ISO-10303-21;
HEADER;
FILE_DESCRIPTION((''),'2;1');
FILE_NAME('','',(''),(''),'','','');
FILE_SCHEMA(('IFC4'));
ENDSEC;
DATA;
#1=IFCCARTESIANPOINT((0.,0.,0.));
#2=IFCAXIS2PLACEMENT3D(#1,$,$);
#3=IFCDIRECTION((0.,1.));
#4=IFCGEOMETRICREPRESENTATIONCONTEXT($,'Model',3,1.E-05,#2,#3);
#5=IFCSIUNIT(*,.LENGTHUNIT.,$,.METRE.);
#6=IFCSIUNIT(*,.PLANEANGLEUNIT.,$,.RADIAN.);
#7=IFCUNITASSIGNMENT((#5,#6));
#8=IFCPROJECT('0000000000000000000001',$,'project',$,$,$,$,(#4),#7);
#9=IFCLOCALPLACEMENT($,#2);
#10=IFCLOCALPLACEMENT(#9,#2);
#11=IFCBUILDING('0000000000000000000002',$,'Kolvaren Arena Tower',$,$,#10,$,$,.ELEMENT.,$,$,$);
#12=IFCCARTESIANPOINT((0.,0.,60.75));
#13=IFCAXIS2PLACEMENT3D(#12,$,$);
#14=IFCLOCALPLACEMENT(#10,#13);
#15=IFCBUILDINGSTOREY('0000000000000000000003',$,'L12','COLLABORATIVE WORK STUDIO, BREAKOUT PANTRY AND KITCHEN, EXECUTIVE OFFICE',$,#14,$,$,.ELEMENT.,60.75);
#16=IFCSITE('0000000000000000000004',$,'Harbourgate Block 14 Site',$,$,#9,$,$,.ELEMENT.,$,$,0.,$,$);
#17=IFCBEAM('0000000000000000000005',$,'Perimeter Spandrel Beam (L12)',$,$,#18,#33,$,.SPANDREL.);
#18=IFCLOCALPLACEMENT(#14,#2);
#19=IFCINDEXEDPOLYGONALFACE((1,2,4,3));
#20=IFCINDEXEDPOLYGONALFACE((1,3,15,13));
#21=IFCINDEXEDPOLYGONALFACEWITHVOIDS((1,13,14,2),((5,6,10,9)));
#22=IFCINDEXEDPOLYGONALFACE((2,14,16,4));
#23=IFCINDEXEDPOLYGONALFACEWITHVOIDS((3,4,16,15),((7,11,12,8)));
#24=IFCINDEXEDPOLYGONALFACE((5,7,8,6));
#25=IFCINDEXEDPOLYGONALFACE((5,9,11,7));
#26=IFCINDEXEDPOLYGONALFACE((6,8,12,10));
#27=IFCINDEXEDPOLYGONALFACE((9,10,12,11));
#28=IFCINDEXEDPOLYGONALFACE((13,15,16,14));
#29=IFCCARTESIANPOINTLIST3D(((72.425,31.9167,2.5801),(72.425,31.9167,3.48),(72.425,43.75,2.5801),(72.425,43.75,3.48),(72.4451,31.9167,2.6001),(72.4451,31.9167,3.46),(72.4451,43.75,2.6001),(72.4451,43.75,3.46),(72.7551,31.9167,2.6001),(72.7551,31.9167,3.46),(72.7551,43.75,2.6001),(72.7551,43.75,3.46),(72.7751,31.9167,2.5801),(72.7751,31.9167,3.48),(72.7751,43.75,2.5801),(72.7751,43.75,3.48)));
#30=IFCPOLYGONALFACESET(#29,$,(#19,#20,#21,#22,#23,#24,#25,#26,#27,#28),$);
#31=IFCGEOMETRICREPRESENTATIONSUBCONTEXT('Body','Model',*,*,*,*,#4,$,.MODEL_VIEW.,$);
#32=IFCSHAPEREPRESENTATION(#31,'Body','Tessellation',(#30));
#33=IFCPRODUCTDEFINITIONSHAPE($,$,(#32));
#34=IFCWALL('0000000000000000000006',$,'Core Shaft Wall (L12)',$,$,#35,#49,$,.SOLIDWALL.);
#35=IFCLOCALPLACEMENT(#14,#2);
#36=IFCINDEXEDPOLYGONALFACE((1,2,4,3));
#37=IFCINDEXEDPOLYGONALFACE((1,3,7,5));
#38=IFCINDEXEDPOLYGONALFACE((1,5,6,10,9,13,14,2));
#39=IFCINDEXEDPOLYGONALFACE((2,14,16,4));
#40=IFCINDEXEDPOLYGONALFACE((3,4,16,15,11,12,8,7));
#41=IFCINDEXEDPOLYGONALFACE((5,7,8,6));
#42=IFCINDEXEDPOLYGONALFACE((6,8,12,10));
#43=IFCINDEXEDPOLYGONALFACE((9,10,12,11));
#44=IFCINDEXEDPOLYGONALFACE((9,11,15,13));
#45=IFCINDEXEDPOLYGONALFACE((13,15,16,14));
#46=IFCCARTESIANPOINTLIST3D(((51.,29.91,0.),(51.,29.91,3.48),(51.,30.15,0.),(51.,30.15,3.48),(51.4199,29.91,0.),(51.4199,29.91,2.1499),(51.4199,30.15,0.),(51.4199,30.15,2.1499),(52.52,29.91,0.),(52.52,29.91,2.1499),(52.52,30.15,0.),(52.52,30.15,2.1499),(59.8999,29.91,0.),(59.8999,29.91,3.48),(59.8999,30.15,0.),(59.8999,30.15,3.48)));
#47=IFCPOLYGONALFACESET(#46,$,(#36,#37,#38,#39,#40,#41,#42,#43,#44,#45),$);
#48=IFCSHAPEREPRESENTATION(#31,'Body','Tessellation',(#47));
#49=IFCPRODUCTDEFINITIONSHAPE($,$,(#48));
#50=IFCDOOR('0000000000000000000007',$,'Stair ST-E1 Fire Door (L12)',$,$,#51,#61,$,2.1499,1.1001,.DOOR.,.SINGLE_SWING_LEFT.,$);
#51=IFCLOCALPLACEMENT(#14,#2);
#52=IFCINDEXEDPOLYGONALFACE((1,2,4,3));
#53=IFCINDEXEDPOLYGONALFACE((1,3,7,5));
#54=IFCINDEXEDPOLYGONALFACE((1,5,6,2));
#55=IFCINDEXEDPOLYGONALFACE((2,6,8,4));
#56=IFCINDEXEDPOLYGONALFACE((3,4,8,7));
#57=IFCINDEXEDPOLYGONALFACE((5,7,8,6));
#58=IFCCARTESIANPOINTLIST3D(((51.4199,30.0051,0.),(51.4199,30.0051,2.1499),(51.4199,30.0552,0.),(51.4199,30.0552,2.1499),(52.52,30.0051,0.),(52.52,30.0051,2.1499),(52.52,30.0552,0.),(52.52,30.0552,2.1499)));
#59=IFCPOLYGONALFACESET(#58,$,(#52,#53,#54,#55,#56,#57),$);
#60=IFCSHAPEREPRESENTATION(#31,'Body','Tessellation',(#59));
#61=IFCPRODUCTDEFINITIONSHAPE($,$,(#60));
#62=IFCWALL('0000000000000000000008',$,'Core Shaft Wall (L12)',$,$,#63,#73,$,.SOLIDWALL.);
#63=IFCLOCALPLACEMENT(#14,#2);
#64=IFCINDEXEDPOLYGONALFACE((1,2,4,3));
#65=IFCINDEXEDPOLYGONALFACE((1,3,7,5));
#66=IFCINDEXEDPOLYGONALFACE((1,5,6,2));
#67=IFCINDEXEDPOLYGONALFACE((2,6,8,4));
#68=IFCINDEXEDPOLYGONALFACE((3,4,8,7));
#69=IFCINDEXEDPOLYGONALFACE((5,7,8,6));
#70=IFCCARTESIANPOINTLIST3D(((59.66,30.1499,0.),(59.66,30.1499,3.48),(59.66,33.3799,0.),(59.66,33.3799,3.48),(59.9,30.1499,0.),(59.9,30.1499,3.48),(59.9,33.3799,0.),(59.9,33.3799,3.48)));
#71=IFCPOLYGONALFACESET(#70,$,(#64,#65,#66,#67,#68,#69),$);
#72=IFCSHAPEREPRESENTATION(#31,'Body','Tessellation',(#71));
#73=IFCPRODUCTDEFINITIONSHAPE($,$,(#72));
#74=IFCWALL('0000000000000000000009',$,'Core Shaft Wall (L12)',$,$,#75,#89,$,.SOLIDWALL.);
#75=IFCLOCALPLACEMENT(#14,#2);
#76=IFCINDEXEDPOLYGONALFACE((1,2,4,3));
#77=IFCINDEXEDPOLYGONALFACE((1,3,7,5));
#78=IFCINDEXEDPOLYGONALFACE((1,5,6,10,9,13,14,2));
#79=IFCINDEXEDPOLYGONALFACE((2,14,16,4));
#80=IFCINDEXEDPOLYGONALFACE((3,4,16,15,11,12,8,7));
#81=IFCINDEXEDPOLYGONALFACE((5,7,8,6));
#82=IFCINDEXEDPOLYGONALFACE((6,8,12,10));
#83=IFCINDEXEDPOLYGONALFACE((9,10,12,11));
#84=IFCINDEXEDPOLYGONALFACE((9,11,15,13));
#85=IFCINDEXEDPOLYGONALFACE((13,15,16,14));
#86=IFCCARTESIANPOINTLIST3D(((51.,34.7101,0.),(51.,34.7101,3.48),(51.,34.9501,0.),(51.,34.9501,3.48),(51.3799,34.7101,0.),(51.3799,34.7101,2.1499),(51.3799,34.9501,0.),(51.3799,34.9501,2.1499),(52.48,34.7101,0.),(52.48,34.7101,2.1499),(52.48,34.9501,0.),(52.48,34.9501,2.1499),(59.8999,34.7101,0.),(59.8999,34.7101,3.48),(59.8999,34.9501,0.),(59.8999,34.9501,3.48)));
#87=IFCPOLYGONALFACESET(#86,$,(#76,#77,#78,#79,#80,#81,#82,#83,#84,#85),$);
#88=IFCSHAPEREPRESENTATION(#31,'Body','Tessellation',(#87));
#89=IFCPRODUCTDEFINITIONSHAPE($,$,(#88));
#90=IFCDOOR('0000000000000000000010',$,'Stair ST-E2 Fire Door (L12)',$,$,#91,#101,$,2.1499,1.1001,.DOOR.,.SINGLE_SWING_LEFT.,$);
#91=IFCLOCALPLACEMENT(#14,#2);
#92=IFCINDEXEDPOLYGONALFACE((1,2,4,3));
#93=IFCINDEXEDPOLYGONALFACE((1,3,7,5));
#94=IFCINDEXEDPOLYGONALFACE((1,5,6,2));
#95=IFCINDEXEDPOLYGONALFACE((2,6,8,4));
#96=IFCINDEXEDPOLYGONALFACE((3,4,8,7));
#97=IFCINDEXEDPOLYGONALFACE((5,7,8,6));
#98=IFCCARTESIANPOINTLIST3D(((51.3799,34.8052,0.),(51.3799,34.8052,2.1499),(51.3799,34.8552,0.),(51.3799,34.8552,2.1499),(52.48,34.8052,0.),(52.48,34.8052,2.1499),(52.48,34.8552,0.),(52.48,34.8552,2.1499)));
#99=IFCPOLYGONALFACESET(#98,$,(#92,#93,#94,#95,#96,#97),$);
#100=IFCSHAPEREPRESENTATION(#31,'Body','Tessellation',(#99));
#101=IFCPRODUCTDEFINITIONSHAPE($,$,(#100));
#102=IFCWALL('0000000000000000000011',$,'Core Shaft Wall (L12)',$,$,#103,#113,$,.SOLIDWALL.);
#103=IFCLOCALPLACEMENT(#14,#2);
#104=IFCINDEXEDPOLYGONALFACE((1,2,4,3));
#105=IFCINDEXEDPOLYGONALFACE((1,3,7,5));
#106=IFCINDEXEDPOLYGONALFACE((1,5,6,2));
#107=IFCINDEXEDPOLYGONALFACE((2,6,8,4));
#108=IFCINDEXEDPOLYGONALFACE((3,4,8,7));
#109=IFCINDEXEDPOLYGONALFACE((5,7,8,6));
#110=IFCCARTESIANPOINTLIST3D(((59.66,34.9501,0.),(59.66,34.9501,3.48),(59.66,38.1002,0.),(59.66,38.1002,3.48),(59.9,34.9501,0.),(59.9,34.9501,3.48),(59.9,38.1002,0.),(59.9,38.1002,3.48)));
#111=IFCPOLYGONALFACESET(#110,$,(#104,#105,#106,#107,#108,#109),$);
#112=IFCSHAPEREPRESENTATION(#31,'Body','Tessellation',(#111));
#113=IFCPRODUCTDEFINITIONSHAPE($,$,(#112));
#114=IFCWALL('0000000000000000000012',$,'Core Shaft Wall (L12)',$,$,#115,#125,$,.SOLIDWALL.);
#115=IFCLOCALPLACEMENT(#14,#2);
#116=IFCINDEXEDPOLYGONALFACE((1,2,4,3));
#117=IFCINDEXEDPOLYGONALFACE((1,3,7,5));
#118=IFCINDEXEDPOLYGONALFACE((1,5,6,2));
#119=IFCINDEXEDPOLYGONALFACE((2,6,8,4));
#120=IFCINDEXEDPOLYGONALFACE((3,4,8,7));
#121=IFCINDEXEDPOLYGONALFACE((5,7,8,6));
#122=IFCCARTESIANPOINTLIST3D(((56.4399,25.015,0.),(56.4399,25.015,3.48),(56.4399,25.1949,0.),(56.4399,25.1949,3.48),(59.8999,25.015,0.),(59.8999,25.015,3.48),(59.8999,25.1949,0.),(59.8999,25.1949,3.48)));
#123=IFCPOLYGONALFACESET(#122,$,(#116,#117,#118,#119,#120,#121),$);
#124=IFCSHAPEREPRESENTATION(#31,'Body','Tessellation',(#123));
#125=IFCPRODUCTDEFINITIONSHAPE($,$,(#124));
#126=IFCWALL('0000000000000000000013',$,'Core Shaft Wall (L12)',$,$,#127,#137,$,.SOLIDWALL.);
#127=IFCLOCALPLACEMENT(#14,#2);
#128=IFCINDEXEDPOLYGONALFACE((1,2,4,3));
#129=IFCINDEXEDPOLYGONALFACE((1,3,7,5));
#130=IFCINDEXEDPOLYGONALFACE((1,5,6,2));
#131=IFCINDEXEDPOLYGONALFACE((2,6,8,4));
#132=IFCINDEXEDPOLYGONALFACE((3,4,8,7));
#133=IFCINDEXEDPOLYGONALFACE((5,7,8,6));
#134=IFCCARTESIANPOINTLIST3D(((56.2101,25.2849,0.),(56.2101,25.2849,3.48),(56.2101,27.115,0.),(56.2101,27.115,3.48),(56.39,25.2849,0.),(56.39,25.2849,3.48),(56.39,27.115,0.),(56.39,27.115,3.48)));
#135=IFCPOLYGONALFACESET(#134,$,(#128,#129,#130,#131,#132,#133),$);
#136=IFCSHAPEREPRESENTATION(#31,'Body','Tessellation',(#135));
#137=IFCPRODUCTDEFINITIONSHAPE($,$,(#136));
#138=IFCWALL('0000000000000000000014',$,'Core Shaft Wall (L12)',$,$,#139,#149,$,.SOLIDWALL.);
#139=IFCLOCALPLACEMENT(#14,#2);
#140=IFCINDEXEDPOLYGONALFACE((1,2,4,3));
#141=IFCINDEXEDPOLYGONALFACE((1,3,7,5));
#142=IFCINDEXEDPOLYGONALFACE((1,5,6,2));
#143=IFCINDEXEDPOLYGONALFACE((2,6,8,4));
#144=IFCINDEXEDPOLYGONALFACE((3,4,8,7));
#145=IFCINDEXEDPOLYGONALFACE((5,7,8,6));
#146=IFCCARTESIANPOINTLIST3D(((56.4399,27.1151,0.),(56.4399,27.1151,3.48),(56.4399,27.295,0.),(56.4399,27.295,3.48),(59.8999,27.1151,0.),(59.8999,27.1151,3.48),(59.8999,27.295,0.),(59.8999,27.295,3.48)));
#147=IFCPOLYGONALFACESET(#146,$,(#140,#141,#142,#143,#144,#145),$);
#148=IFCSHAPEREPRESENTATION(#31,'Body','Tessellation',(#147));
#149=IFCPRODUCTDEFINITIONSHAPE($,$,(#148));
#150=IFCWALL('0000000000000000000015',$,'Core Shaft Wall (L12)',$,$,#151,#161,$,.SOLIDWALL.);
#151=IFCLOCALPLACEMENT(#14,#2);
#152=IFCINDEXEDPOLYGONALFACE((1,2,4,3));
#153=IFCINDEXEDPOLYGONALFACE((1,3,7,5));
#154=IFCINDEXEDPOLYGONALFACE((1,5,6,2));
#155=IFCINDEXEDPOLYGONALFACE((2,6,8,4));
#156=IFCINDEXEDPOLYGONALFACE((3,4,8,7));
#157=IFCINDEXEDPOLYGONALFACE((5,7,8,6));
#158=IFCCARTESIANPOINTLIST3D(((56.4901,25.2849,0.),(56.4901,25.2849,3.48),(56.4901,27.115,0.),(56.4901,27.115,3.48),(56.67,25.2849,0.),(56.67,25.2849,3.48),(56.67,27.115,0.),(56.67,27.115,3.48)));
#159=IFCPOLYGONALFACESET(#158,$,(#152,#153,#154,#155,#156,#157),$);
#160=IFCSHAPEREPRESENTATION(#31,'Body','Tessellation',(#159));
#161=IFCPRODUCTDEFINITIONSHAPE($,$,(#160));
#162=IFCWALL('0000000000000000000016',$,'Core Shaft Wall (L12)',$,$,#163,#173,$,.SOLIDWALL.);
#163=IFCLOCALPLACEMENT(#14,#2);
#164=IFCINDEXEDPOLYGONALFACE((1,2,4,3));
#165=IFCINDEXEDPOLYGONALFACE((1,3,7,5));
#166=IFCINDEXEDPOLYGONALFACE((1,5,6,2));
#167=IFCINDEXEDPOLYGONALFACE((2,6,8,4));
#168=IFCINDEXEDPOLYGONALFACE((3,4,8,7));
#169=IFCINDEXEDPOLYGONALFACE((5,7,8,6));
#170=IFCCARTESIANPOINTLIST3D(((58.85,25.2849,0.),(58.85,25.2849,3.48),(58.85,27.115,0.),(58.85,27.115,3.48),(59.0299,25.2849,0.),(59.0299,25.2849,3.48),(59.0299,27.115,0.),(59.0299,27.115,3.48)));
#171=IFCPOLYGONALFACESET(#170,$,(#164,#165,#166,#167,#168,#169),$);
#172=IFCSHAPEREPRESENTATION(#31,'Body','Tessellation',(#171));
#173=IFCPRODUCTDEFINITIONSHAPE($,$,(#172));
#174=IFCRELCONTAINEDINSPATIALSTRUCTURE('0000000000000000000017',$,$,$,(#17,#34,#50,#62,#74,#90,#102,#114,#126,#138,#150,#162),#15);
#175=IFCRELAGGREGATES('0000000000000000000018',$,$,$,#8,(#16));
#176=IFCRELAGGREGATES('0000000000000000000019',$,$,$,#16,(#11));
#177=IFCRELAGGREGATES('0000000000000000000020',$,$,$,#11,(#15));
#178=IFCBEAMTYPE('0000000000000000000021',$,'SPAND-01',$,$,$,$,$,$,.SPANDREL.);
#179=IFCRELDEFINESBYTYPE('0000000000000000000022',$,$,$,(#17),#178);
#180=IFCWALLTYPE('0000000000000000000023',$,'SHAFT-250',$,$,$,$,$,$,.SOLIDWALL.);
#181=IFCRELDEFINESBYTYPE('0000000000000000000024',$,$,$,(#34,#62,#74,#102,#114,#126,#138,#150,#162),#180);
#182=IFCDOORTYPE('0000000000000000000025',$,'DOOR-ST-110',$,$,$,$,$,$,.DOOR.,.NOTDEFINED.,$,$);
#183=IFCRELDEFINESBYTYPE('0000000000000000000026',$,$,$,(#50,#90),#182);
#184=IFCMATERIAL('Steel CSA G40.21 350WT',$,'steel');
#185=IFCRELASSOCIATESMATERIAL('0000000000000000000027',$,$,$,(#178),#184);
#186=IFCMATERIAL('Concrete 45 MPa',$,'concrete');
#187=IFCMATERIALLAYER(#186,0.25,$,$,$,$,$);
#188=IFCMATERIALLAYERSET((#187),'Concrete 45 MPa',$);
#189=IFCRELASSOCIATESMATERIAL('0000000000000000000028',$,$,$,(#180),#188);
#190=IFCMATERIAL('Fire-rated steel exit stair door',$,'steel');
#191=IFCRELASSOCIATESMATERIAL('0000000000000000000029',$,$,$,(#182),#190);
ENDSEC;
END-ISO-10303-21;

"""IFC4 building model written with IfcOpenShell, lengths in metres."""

from ifc_helpers import new_model, si_unit, direction, frame, frame_2d, origin, origin_2d, place, context, subcontext, project, spatial, rectangle, hollow_rectangle, extrude, material, layer, layer_set, material_profile, profile_set, type_object, element, fill, save


model = new_model("IFC4")

# Units and contexts
model_context = context("Model", 3, precision=1e-05, world=origin(), true_north=direction((0.0, 1.0)))
body_context = subcontext(model_context, "Body", "Model", "MODEL_VIEW")
ifc_project = project(units=[si_unit("LENGTHUNIT", "METRE"), si_unit("PLANEANGLEUNIT", "RADIAN")], contexts=[model_context])

# Site, building, storey
site_placement = place(None, origin())
site = spatial("IfcSite", under=ifc_project, at=site_placement, Name="Harbourgate Block 14 Site", CompositionType="ELEMENT", RefElevation=0.0)
building_placement = place(site_placement, origin())
building = spatial("IfcBuilding", under=site, at=building_placement, Name="Kolvaren Arena Tower", CompositionType="ELEMENT")
storey_placement = place(building_placement, frame((0.0, 0.0, 60.75)))
storey = spatial("IfcBuildingStorey", under=building, at=storey_placement, Name="L12", Description="COLLABORATIVE WORK STUDIO, BREAKOUT PANTRY AND KITCHEN, EXECUTIVE OFFICE", CompositionType="ELEMENT", Elevation=60.75)

# Beam
ifc_material_1 = material(Name="Steel CSA G40.21 350WT", Category="steel")
ifc_material_profile_1 = material_profile(ifc_material_1, hollow_rectangle(XDim=0.3501, YDim=0.8999, WallThickness=0.02, at=origin_2d()), Name="HSS 900x350x20")
ifc_profile_set_1 = profile_set([ifc_material_profile_1], Name="Steel CSA G40.21 350WT")
beam_type_1 = type_object("IfcBeamType", Name="SPAND-01", PredefinedType="SPANDREL", material=ifc_profile_set_1)
beam_1_placement = place(storey_placement, frame((72.6001, 31.9167, 3.03), z_axis=(0.0, 1.0, 0.0), x_axis=(-1.0, 0.0, 0.0)))
element("IfcBeam", 1, at=beam_1_placement, inside=storey, type_object=beam_type_1, Name="Perimeter Spandrel Beam (L12)", PredefinedType="SPANDREL", context=body_context, shape_type="SweptSolid", body=[
    extrude(hollow_rectangle(XDim=0.3501, YDim=0.8999, WallThickness=0.02, at=origin_2d()), origin(), (0.0, 0.0, 1.0), 11.8333),
])

# Wall, opening, door
ifc_material_2 = material(Name="Concrete 45 MPa", Category="concrete")
ifc_layer = layer(ifc_material_2, 0.25)
ifc_layer_set = layer_set([ifc_layer], Name="Concrete 45 MPa")
wall_type = type_object("IfcWallType", Name="SHAFT-250", PredefinedType="SOLIDWALL", material=ifc_layer_set)
wall_1_placement = place(storey_placement, frame((59.8999, 30.03, 0.0), z_axis=(0.0, 0.0, 1.0), x_axis=(-1.0, 0.0, 0.0)))
wall_1 = element("IfcWall", 2, at=wall_1_placement, inside=storey, type_object=wall_type, Name="Core Shaft Wall (L12)", PredefinedType="SOLIDWALL", context=body_context, shape_type="SweptSolid", body=[
    extrude(rectangle(XDim=8.8999, YDim=0.24, at=frame_2d((4.45, 0.0))), origin(), (0.0, 0.0, 1.0), 3.48),
])
opening_1_placement = place(wall_1_placement, frame((7.3799, 0.0, 0.0)))
opening_1 = element("IfcOpeningElement", 3, at=opening_1_placement, cuts=wall_1, PredefinedType="OPENING", context=body_context, shape_type="SweptSolid", body=[
    extrude(rectangle(XDim=1.1001, YDim=2.1499, at=frame_2d((0.55, 1.075))), frame((0.0, 0.1299, 0.0), z_axis=(0.0, -1.0, 0.0), x_axis=(1.0, 0.0, 0.0)), (0.0, 0.0, 1.0), 0.26),
])
ifc_material_3 = material(Name="Fire-rated steel exit stair door", Category="steel")
door_type = type_object("IfcDoorType", Name="DOOR-ST-110", OperationType="NOTDEFINED", PredefinedType="DOOR", material=ifc_material_3)
door_1_placement = place(opening_1_placement, origin())
door_1 = element("IfcDoor", 4, at=door_1_placement, inside=storey, type_object=door_type, Name="Stair ST-E1 Fire Door (L12)", OperationType="SINGLE_SWING_LEFT", OverallHeight=2.1499, OverallWidth=1.1001, PredefinedType="DOOR", context=body_context, shape_type="SweptSolid", body=[
    extrude(rectangle(XDim=1.1001, YDim=2.1499, at=frame_2d((0.55, 1.075))), frame((0.0, 0.0249, 0.0), z_axis=(0.0, -1.0, 0.0), x_axis=(1.0, 0.0, 0.0)), (0.0, 0.0, 1.0), 0.05),
])
fill(opening_1, door_1)

# Wall
wall_2_placement = place(storey_placement, frame((59.78, 30.1499, 0.0), z_axis=(0.0, 0.0, 1.0), x_axis=(0.0, 1.0, 0.0)))
element("IfcWall", 5, at=wall_2_placement, inside=storey, type_object=wall_type, Name="Core Shaft Wall (L12)", PredefinedType="SOLIDWALL", context=body_context, shape_type="SweptSolid", body=[
    extrude(rectangle(XDim=3.23, YDim=0.24, at=frame_2d((1.615, 0.0))), origin(), (0.0, 0.0, 1.0), 3.48),
])

# Wall, opening, door
wall_3_placement = place(storey_placement, frame((59.8999, 34.8301, 0.0), z_axis=(0.0, 0.0, 1.0), x_axis=(-1.0, 0.0, 0.0)))
wall_3 = element("IfcWall", 6, at=wall_3_placement, inside=storey, type_object=wall_type, Name="Core Shaft Wall (L12)", PredefinedType="SOLIDWALL", context=body_context, shape_type="SweptSolid", body=[
    extrude(rectangle(XDim=8.8999, YDim=0.24, at=frame_2d((4.45, 0.0))), origin(), (0.0, 0.0, 1.0), 3.48),
])
opening_2_placement = place(wall_3_placement, frame((7.4199, 0.0, 0.0)))
opening_2 = element("IfcOpeningElement", 7, at=opening_2_placement, cuts=wall_3, PredefinedType="OPENING", context=body_context, shape_type="SweptSolid", body=[
    extrude(rectangle(XDim=1.1001, YDim=2.1499, at=frame_2d((0.55, 1.075))), frame((0.0, 0.1299, 0.0), z_axis=(0.0, -1.0, 0.0), x_axis=(1.0, 0.0, 0.0)), (0.0, 0.0, 1.0), 0.26),
])
door_2_placement = place(opening_2_placement, origin())
door_2 = element("IfcDoor", 8, at=door_2_placement, inside=storey, type_object=door_type, Name="Stair ST-E2 Fire Door (L12)", OperationType="SINGLE_SWING_LEFT", OverallHeight=2.1499, OverallWidth=1.1001, PredefinedType="DOOR", context=body_context, shape_type="SweptSolid", body=[
    extrude(rectangle(XDim=1.1001, YDim=2.1499, at=frame_2d((0.55, 1.075))), frame((0.0, 0.0249, 0.0), z_axis=(0.0, -1.0, 0.0), x_axis=(1.0, 0.0, 0.0)), (0.0, 0.0, 1.0), 0.05),
])
fill(opening_2, door_2)

# Walls
wall_4_placement = place(storey_placement, frame((59.78, 34.95, 0.0), z_axis=(0.0, 0.0, 1.0), x_axis=(0.0, 1.0, 0.0)))
element("IfcWall", 9, at=wall_4_placement, inside=storey, type_object=wall_type, Name="Core Shaft Wall (L12)", PredefinedType="SOLIDWALL", context=body_context, shape_type="SweptSolid", body=[
    extrude(rectangle(XDim=3.1501, YDim=0.24, at=frame_2d((1.5752, 0.0))), origin(), (0.0, 0.0, 1.0), 3.48),
])
wall_5_placement = place(storey_placement, frame((56.4399, 25.105, 0.0), z_axis=(0.0, 0.0, 1.0), x_axis=(1.0, 0.0, 0.0)))
element("IfcWall", 10, at=wall_5_placement, inside=storey, type_object=wall_type, Name="Core Shaft Wall (L12)", PredefinedType="SOLIDWALL", context=body_context, shape_type="SweptSolid", body=[
    extrude(rectangle(XDim=3.46, YDim=0.1799, at=frame_2d((1.73, 0.0))), origin(), (0.0, 0.0, 1.0), 3.48),
])
wall_6_placement = place(storey_placement, frame((56.3, 25.2849, 0.0), z_axis=(0.0, 0.0, 1.0), x_axis=(0.0, 1.0, 0.0)))
element("IfcWall", 11, at=wall_6_placement, inside=storey, type_object=wall_type, Name="Core Shaft Wall (L12)", PredefinedType="SOLIDWALL", context=body_context, shape_type="SweptSolid", body=[
    extrude(rectangle(XDim=1.8301, YDim=0.1799, at=frame_2d((0.915, 0.0))), origin(), (0.0, 0.0, 1.0), 3.48),
])
wall_7_placement = place(storey_placement, frame((56.4399, 27.2051, 0.0), z_axis=(0.0, 0.0, 1.0), x_axis=(1.0, 0.0, 0.0)))
element("IfcWall", 12, at=wall_7_placement, inside=storey, type_object=wall_type, Name="Core Shaft Wall (L12)", PredefinedType="SOLIDWALL", context=body_context, shape_type="SweptSolid", body=[
    extrude(rectangle(XDim=3.46, YDim=0.1799, at=frame_2d((1.73, 0.0))), origin(), (0.0, 0.0, 1.0), 3.48),
])
for number, where, z_axis, x_axis, name in (
    (13, (56.5801, 25.2849, 0.0), (0.0, 0.0, 1.0), (0.0, 1.0, 0.0), "Core Shaft Wall (L12)"),
    (14, (58.9399, 25.2849, 0.0), (0.0, 0.0, 1.0), (0.0, 1.0, 0.0), "Core Shaft Wall (L12)"),
):
    element("IfcWall", number, at=place(storey_placement, frame(where, z_axis=z_axis, x_axis=x_axis)), inside=storey, type_object=wall_type, Name=name, PredefinedType="SOLIDWALL", context=body_context, shape_type="SweptSolid", body=[
        extrude(rectangle(XDim=1.8301, YDim=0.1799, at=frame_2d((0.915, 0.0))), origin(), (0.0, 0.0, 1.0), 3.48),
    ])

save(model, "model.ifc")
